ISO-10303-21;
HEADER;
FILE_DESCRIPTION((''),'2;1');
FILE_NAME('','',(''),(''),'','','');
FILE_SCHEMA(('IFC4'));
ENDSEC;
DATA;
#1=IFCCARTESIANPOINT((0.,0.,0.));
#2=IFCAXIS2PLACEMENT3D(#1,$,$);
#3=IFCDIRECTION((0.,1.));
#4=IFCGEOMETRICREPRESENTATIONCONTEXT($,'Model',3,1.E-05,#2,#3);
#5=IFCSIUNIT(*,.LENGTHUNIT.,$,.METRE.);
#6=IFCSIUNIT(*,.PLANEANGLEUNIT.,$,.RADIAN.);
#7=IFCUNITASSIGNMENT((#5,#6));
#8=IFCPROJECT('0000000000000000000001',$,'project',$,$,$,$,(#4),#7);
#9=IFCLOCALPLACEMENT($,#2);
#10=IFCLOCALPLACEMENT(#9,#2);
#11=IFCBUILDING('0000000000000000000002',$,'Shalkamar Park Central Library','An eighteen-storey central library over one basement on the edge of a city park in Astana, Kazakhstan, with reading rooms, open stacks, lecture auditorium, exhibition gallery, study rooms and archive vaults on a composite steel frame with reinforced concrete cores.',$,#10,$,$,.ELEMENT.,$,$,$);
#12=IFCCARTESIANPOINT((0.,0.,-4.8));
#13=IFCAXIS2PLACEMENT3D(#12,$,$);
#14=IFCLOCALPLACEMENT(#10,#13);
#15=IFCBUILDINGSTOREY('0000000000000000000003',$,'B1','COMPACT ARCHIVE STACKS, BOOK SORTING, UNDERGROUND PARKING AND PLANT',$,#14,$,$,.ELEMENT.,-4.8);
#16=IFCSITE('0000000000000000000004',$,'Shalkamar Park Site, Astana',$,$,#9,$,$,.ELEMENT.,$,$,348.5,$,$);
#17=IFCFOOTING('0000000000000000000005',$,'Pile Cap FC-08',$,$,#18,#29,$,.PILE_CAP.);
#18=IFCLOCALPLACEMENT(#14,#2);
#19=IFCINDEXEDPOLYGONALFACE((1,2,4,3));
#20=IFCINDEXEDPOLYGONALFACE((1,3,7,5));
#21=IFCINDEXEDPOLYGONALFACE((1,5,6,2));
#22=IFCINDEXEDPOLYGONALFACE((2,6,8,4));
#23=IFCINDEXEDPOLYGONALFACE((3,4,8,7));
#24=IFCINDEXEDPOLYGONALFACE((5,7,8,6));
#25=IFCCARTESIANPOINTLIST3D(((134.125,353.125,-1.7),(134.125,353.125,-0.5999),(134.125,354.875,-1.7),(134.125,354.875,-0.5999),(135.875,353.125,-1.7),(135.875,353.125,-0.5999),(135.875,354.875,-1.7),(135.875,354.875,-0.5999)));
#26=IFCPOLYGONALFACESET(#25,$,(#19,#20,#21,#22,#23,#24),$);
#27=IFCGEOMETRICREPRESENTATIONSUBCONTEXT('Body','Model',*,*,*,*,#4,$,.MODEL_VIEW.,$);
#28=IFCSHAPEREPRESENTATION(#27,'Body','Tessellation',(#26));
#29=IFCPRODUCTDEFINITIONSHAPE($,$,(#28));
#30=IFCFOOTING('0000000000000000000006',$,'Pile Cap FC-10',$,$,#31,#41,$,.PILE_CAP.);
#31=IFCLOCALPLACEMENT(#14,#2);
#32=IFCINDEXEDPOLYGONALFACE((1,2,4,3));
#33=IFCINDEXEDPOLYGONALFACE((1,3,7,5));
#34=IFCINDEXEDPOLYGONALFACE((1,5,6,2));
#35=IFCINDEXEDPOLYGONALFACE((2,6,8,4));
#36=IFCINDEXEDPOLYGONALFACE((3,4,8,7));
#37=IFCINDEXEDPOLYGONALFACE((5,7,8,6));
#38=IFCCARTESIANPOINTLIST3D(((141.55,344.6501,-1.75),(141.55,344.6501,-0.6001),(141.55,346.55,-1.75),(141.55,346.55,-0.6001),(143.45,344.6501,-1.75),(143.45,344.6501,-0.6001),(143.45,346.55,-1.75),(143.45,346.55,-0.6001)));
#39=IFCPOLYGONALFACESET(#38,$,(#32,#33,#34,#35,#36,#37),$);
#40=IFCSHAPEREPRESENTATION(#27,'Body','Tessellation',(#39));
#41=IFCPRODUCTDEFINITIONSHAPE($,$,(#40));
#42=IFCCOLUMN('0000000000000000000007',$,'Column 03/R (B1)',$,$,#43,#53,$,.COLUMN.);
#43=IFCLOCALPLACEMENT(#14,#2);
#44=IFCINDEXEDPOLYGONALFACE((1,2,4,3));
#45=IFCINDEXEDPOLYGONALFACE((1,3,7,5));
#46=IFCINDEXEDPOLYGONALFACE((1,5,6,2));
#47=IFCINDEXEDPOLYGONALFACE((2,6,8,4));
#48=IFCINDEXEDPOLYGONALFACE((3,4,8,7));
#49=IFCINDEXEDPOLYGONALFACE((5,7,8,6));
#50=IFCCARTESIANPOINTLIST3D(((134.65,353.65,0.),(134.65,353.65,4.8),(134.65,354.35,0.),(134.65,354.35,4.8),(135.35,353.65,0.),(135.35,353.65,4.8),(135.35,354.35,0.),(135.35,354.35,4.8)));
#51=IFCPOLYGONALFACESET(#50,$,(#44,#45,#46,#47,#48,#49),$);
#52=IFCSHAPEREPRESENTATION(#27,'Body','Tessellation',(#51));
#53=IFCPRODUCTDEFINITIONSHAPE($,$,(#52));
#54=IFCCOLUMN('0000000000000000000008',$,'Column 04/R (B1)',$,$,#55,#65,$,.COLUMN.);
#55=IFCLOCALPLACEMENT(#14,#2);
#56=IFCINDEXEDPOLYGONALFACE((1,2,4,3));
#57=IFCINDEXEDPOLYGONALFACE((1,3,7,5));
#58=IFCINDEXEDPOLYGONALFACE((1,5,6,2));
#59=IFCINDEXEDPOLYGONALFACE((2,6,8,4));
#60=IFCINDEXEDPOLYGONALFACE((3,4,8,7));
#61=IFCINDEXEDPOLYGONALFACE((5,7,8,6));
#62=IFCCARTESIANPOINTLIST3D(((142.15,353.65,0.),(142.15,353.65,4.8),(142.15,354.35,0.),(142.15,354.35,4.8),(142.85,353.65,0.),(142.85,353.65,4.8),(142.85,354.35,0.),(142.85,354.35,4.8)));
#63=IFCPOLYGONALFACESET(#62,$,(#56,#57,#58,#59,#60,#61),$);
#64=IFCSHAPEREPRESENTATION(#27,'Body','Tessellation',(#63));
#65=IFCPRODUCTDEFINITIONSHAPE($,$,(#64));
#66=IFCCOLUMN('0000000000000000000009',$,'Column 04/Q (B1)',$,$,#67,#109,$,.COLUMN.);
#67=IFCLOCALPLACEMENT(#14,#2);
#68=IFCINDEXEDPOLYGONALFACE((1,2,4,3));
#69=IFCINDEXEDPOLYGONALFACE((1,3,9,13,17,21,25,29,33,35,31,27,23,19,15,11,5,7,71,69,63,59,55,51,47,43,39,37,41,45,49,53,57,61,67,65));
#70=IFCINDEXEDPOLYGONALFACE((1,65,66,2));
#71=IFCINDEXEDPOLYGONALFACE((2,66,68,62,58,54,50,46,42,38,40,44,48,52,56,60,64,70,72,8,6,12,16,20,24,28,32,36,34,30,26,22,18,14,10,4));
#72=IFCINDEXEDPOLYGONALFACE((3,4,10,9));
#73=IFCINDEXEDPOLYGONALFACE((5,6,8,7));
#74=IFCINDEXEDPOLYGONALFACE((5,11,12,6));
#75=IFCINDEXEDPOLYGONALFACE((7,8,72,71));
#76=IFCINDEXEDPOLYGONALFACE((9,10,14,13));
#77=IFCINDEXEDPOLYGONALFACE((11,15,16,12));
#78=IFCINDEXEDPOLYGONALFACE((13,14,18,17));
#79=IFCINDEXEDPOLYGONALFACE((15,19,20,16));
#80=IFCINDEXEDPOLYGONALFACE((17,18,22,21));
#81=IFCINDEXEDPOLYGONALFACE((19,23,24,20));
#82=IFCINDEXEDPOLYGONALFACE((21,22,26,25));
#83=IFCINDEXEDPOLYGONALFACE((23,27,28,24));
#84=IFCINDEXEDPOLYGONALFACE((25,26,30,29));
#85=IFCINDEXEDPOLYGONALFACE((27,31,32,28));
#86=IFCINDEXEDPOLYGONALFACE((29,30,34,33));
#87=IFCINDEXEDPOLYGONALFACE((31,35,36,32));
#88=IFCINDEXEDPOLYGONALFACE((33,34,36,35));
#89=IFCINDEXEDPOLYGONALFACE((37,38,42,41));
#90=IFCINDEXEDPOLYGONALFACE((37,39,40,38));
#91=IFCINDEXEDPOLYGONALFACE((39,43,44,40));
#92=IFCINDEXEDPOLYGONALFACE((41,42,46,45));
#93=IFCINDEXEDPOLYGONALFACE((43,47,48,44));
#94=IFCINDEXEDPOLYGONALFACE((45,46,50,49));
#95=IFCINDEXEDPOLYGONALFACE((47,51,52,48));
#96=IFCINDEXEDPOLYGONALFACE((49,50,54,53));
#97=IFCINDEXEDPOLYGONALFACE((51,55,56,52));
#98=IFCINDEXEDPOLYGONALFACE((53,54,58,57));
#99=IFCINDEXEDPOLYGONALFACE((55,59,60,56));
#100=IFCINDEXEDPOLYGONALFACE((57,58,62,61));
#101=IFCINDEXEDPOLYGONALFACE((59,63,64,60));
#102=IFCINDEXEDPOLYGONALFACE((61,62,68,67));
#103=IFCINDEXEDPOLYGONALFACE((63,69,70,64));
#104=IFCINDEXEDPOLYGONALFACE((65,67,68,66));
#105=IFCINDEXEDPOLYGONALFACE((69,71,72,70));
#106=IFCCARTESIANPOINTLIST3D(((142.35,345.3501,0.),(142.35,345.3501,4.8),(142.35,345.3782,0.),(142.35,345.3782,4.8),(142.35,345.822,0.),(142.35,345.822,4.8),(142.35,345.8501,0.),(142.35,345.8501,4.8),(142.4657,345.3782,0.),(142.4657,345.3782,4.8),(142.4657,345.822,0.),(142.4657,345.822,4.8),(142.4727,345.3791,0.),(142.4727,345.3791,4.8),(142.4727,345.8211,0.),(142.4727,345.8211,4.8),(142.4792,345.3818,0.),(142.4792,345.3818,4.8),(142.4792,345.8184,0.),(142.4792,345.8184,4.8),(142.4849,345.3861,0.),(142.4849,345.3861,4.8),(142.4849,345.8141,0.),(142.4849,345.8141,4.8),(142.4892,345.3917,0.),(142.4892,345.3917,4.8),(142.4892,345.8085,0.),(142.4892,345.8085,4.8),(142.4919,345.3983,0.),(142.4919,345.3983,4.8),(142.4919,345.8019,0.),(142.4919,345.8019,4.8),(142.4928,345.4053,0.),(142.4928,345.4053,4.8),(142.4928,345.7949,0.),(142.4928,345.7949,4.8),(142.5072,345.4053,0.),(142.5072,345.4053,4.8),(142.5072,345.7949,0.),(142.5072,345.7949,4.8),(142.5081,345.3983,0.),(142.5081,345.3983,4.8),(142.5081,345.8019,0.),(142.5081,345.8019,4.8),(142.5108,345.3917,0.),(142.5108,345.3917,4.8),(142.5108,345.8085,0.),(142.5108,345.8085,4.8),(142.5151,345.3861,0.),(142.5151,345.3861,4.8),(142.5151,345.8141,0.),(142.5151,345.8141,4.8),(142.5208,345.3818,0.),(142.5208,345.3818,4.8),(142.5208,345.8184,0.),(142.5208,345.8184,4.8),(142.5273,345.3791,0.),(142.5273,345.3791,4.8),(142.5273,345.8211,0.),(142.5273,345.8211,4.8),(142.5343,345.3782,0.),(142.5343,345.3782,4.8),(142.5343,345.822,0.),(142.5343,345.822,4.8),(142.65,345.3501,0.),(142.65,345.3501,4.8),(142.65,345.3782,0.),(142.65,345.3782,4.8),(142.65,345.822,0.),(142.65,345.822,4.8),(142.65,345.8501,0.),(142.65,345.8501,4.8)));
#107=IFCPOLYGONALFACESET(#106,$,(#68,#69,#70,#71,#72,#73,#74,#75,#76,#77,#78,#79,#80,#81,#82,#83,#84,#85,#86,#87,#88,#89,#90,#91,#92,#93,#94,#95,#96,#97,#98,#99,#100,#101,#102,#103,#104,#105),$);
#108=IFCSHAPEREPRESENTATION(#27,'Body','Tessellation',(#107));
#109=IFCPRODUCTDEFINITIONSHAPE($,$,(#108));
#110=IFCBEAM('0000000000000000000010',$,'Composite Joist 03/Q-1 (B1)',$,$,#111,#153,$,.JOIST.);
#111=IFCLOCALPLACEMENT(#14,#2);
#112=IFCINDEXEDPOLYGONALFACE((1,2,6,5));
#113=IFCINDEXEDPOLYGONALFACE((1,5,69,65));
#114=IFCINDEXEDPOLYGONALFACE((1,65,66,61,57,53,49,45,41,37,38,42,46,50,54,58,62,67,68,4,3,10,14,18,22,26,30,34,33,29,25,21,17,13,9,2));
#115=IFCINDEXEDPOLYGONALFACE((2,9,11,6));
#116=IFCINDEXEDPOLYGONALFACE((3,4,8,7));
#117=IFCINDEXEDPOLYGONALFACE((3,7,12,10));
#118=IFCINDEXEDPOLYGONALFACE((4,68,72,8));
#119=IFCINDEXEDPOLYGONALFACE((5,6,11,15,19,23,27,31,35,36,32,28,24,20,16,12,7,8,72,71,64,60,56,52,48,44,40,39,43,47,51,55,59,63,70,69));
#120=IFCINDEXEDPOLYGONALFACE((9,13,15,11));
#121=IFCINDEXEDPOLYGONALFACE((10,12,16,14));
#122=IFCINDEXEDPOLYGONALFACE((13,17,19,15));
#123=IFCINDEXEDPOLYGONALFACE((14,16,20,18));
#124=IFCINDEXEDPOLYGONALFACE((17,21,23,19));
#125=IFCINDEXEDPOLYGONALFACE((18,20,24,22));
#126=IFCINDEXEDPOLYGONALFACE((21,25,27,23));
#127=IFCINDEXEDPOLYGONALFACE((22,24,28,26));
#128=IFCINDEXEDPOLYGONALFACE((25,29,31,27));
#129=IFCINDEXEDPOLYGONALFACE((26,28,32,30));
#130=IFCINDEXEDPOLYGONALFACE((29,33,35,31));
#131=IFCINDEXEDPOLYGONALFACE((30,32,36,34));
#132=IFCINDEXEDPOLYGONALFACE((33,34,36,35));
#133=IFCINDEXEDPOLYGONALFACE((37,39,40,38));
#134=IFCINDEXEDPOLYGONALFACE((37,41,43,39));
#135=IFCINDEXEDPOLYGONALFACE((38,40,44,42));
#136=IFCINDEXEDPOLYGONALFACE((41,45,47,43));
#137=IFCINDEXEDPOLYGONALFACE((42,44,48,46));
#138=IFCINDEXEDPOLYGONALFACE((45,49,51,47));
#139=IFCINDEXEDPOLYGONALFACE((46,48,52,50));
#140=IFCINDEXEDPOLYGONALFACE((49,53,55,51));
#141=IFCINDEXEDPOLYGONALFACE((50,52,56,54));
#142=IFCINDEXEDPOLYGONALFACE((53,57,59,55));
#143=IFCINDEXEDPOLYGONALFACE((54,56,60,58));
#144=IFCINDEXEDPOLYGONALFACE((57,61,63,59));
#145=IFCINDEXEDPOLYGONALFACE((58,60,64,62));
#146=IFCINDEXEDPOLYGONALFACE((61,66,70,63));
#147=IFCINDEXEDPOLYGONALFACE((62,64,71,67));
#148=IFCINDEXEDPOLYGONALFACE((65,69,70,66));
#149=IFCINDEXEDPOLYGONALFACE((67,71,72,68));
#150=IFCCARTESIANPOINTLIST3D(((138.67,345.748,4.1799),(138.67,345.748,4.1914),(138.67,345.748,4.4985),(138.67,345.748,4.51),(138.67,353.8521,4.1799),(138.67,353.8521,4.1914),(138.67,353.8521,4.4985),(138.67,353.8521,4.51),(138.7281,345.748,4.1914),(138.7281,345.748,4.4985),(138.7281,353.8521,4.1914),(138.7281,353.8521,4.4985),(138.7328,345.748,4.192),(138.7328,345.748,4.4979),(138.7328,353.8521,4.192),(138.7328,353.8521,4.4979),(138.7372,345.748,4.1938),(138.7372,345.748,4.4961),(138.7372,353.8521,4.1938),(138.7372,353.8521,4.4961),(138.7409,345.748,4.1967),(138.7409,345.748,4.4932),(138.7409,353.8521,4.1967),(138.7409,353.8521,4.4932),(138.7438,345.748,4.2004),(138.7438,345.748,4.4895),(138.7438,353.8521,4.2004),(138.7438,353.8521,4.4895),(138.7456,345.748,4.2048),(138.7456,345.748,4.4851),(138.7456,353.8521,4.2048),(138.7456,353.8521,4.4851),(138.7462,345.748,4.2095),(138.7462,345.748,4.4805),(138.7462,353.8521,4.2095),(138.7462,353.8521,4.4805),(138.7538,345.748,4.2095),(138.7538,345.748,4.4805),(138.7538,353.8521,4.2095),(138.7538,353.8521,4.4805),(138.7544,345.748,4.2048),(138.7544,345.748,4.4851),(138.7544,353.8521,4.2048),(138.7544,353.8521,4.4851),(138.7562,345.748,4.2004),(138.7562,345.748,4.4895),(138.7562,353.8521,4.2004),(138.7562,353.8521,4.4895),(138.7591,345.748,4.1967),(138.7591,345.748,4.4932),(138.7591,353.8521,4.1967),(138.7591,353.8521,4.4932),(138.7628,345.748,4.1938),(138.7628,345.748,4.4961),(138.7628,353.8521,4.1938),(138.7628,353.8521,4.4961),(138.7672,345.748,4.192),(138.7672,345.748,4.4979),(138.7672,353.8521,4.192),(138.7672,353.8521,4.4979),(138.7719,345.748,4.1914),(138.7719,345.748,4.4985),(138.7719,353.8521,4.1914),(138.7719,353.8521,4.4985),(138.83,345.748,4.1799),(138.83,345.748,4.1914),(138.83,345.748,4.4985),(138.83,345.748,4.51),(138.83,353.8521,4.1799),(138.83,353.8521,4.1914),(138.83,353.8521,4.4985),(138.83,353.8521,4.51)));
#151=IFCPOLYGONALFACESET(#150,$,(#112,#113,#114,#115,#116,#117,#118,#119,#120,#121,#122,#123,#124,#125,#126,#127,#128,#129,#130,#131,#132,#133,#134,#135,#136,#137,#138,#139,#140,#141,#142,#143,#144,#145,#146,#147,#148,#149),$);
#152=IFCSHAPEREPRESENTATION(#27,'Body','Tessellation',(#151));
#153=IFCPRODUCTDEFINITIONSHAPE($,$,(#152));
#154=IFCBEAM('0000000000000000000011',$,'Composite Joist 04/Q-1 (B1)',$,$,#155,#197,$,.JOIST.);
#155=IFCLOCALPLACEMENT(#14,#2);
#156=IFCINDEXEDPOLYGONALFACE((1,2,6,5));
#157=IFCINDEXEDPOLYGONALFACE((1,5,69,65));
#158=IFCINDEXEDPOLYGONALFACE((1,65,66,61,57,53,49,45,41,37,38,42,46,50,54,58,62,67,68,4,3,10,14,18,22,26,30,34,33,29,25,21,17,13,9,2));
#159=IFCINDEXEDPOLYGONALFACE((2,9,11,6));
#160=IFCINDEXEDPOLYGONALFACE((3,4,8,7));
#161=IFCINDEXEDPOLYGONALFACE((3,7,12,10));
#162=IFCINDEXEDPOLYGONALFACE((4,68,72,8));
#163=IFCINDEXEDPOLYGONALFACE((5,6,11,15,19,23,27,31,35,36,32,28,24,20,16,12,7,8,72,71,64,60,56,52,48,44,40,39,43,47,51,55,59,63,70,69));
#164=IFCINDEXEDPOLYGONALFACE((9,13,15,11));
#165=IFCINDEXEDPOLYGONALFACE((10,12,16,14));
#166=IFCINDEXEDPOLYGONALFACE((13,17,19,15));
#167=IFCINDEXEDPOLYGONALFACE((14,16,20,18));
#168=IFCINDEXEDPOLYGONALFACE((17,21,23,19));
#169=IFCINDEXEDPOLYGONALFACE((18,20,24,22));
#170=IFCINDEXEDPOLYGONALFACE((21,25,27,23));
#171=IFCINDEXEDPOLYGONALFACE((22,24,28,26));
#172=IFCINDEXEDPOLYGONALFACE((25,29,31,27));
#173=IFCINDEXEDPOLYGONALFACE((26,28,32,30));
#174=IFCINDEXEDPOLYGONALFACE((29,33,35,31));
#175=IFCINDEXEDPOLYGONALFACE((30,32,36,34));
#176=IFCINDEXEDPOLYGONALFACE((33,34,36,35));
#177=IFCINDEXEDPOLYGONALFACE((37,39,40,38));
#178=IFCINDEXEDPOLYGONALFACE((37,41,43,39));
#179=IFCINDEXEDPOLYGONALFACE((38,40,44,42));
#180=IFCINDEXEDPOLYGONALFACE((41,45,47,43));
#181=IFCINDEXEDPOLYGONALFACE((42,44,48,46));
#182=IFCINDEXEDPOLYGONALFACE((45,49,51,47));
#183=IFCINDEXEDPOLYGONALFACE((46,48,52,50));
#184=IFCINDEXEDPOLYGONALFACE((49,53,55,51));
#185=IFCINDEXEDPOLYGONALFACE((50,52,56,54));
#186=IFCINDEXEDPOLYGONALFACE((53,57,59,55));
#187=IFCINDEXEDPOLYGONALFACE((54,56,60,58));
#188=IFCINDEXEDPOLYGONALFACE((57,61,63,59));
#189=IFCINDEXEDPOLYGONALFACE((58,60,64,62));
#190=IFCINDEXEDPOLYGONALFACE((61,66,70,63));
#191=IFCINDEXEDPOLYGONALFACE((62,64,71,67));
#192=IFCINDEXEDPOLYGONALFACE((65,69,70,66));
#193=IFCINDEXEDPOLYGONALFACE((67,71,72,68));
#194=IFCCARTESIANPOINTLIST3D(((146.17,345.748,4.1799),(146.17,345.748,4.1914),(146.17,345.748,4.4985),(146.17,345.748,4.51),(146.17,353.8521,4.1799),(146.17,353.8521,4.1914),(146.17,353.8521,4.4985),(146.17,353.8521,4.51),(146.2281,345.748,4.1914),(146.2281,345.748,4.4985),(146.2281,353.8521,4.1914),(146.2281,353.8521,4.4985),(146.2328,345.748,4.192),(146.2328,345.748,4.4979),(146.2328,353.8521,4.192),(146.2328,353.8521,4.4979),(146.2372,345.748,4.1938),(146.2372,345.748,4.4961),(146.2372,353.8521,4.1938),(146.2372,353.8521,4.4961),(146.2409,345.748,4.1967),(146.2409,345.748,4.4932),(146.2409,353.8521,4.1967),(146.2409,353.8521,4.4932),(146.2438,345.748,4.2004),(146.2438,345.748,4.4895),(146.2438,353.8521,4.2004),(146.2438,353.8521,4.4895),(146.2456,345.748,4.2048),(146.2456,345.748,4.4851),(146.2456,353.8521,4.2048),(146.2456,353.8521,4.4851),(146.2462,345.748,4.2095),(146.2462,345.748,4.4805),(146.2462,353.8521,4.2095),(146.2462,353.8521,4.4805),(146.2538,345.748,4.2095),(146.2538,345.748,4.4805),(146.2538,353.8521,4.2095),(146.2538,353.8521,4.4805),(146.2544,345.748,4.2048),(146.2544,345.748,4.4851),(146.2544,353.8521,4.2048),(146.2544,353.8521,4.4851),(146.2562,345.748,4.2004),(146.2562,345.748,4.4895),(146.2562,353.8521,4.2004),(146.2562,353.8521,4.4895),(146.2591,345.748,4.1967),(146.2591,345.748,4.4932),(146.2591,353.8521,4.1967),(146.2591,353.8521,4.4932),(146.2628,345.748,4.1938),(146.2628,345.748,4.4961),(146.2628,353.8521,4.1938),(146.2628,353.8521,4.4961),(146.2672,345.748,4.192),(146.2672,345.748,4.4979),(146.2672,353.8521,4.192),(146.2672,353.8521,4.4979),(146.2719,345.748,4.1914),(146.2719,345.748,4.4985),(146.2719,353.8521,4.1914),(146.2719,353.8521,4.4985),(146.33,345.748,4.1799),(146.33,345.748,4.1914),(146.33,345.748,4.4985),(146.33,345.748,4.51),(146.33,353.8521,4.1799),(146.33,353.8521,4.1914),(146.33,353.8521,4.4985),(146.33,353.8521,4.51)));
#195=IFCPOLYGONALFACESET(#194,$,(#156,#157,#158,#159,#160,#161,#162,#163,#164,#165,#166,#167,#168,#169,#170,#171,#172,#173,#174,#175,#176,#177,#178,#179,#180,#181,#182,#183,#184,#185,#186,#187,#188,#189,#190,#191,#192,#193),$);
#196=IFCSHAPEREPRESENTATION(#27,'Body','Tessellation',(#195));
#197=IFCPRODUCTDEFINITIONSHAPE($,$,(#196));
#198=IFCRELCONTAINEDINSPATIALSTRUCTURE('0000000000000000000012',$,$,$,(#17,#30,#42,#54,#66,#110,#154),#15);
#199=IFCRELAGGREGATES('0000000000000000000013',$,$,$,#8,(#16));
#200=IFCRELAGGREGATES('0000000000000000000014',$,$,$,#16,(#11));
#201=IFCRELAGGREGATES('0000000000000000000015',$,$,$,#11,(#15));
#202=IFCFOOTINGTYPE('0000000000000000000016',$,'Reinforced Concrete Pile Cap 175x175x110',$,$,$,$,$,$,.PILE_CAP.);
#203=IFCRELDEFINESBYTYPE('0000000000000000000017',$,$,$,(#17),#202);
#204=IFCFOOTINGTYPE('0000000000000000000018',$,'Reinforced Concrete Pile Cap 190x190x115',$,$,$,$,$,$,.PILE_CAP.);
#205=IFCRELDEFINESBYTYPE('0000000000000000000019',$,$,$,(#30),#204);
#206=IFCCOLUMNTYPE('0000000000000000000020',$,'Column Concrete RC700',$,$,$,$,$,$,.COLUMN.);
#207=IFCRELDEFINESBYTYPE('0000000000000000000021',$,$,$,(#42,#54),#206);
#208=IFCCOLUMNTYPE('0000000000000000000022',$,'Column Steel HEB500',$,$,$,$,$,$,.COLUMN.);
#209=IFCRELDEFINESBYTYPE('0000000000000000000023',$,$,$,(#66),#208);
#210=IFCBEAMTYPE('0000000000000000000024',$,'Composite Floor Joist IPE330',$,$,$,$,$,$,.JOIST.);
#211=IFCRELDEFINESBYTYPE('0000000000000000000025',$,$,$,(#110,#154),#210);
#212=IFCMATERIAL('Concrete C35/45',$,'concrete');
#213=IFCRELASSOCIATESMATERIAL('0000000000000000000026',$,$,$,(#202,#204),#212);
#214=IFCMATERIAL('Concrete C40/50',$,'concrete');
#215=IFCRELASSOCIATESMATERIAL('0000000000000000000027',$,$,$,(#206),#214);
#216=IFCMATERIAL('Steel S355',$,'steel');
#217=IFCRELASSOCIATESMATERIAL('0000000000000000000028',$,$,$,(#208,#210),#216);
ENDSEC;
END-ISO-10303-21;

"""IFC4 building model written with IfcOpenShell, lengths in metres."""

from ifc_helpers import new_model, si_unit, direction, frame, origin, origin_2d, place, context, subcontext, project, spatial, rectangle, i_section, extrude, material, material_profile, profile_set, type_object, element, save


model = new_model("IFC4")

# Units and contexts
model_context = context("Model", 3, precision=1e-05, world=origin(), true_north=direction((0.0, 1.0)))
body_context = subcontext(model_context, "Body", "Model", "MODEL_VIEW")
ifc_project = project(units=[si_unit("LENGTHUNIT", "METRE"), si_unit("PLANEANGLEUNIT", "RADIAN")], contexts=[model_context])

# Site, building, storey
site_placement = place(None, origin())
site = spatial("IfcSite", under=ifc_project, at=site_placement, Name="Shalkamar Park Site, Astana", CompositionType="ELEMENT", RefElevation=348.5)
building_placement = place(site_placement, origin())
building = spatial("IfcBuilding", under=site, at=building_placement, Name="Shalkamar Park Central Library", Description="An eighteen-storey central library over one basement on the edge of a city park in Astana, Kazakhstan, with reading rooms, open stacks, lecture auditorium, exhibition gallery, study rooms and archive vaults on a composite steel frame with reinforced concrete cores.", CompositionType="ELEMENT")
storey_placement = place(building_placement, frame((0.0, 0.0, -4.8)))
storey = spatial("IfcBuildingStorey", under=building, at=storey_placement, Name="B1", Description="COMPACT ARCHIVE STACKS, BOOK SORTING, UNDERGROUND PARKING AND PLANT", CompositionType="ELEMENT", Elevation=-4.8)

# Shared definitions
ifc_material_1 = material(Name="Concrete C35/45", Category="concrete")

# Footings
footing_type_1 = type_object("IfcFootingType", Name="Reinforced Concrete Pile Cap 175x175x110", PredefinedType="PILE_CAP", material=ifc_material_1)
footing_1_placement = place(storey_placement, frame((135.0, 354.0, -1.7), z_axis=(0.0, 0.0, 1.0), x_axis=(1.0, 0.0, 0.0)))
element("IfcFooting", 1, at=footing_1_placement, inside=storey, type_object=footing_type_1, Name="Pile Cap FC-08", PredefinedType="PILE_CAP", context=body_context, shape_type="SweptSolid", body=[
    extrude(rectangle(XDim=1.75, YDim=1.75, at=origin_2d()), origin(), (0.0, 0.0, 1.0), 1.1001),
])
footing_type_2 = type_object("IfcFootingType", Name="Reinforced Concrete Pile Cap 190x190x115", PredefinedType="PILE_CAP", material=ifc_material_1)
footing_2_placement = place(storey_placement, frame((142.5, 345.6001, -1.75), z_axis=(0.0, 0.0, 1.0), x_axis=(1.0, 0.0, 0.0)))
element("IfcFooting", 2, at=footing_2_placement, inside=storey, type_object=footing_type_2, Name="Pile Cap FC-10", PredefinedType="PILE_CAP", context=body_context, shape_type="SweptSolid", body=[
    extrude(rectangle(XDim=1.8999, YDim=1.8999, at=origin_2d()), origin(), (0.0, 0.0, 1.0), 1.1499),
])

# Columns
ifc_material_2 = material(Name="Concrete C40/50", Category="concrete")
ifc_material_profile_1 = material_profile(ifc_material_2, rectangle(XDim=0.7, YDim=0.7, at=origin_2d()), Name="RC 700x700")
ifc_profile_set_1 = profile_set([ifc_material_profile_1], Name="Concrete C40/50")
column_type_1 = type_object("IfcColumnType", Name="Column Concrete RC700", PredefinedType="COLUMN", material=ifc_profile_set_1)
for number, where, z_axis, x_axis, name in (
    (3, (135.0, 354.0, 0.0), (0.0, 0.0, 1.0), (1.0, 0.0, 0.0), "Column 03/R (B1)"),
    (4, (142.5, 354.0, 0.0), (0.0, 0.0, 1.0), (1.0, 0.0, 0.0), "Column 04/R (B1)"),
):
    element("IfcColumn", number, at=place(storey_placement, frame(where, z_axis=z_axis, x_axis=x_axis)), inside=storey, type_object=column_type_1, Name=name, PredefinedType="COLUMN", context=body_context, shape_type="SweptSolid", body=[
        extrude(rectangle(XDim=0.7, YDim=0.7, at=origin_2d()), origin(), (0.0, 0.0, 1.0), 4.8),
    ])
ifc_material_3 = material(Name="Steel S355", Category="steel")
ifc_material_profile_2 = material_profile(ifc_material_3, i_section(OverallWidth=0.3, OverallDepth=0.5, WebThickness=0.0144, FlangeThickness=0.0281, FilletRadius=0.0271, at=origin_2d()), Name="HEB 500")
ifc_profile_set_2 = profile_set([ifc_material_profile_2], Name="Steel S355")
column_type_2 = type_object("IfcColumnType", Name="Column Steel HEB500", PredefinedType="COLUMN", material=ifc_profile_set_2)
column_placement = place(storey_placement, frame((142.5, 345.6001, 0.0), z_axis=(0.0, 0.0, 1.0), x_axis=(1.0, 0.0, 0.0)))
element("IfcColumn", 5, at=column_placement, inside=storey, type_object=column_type_2, Name="Column 04/Q (B1)", PredefinedType="COLUMN", context=body_context, shape_type="SweptSolid", body=[
    extrude(i_section(OverallWidth=0.3, OverallDepth=0.5, WebThickness=0.0144, FlangeThickness=0.0281, FilletRadius=0.0271, at=origin_2d()), origin(), (0.0, 0.0, 1.0), 4.8),
])

# Beams
ifc_material_profile_3 = material_profile(ifc_material_3, i_section(OverallWidth=0.1599, OverallDepth=0.3301, WebThickness=0.0076, FlangeThickness=0.0115, FilletRadius=0.0181, at=origin_2d()), Name="IPE 330")
ifc_profile_set_3 = profile_set([ifc_material_profile_3], Name="Steel S355")
beam_type_1 = type_object("IfcBeamType", Name="Composite Floor Joist IPE330", PredefinedType="JOIST", material=ifc_profile_set_3)
for number, where, z_axis, x_axis, name in (
    (6, (138.75, 345.748, 4.345), (0.0, 1.0, 0.0), (-1.0, 0.0, 0.0), "Composite Joist 03/Q-1 (B1)"),
    (7, (146.25, 345.748, 4.345), (0.0, 1.0, 0.0), (-1.0, 0.0, 0.0), "Composite Joist 04/Q-1 (B1)"),
):
    element("IfcBeam", number, at=place(storey_placement, frame(where, z_axis=z_axis, x_axis=x_axis)), inside=storey, type_object=beam_type_1, Name=name, PredefinedType="JOIST", context=body_context, shape_type="SweptSolid", body=[
        extrude(i_section(OverallWidth=0.1599, OverallDepth=0.3301, WebThickness=0.0076, FlangeThickness=0.0115, FilletRadius=0.0181, at=origin_2d()), origin(), (0.0, 0.0, 1.0), 8.104),
    ])

save(model, "model.ifc")
